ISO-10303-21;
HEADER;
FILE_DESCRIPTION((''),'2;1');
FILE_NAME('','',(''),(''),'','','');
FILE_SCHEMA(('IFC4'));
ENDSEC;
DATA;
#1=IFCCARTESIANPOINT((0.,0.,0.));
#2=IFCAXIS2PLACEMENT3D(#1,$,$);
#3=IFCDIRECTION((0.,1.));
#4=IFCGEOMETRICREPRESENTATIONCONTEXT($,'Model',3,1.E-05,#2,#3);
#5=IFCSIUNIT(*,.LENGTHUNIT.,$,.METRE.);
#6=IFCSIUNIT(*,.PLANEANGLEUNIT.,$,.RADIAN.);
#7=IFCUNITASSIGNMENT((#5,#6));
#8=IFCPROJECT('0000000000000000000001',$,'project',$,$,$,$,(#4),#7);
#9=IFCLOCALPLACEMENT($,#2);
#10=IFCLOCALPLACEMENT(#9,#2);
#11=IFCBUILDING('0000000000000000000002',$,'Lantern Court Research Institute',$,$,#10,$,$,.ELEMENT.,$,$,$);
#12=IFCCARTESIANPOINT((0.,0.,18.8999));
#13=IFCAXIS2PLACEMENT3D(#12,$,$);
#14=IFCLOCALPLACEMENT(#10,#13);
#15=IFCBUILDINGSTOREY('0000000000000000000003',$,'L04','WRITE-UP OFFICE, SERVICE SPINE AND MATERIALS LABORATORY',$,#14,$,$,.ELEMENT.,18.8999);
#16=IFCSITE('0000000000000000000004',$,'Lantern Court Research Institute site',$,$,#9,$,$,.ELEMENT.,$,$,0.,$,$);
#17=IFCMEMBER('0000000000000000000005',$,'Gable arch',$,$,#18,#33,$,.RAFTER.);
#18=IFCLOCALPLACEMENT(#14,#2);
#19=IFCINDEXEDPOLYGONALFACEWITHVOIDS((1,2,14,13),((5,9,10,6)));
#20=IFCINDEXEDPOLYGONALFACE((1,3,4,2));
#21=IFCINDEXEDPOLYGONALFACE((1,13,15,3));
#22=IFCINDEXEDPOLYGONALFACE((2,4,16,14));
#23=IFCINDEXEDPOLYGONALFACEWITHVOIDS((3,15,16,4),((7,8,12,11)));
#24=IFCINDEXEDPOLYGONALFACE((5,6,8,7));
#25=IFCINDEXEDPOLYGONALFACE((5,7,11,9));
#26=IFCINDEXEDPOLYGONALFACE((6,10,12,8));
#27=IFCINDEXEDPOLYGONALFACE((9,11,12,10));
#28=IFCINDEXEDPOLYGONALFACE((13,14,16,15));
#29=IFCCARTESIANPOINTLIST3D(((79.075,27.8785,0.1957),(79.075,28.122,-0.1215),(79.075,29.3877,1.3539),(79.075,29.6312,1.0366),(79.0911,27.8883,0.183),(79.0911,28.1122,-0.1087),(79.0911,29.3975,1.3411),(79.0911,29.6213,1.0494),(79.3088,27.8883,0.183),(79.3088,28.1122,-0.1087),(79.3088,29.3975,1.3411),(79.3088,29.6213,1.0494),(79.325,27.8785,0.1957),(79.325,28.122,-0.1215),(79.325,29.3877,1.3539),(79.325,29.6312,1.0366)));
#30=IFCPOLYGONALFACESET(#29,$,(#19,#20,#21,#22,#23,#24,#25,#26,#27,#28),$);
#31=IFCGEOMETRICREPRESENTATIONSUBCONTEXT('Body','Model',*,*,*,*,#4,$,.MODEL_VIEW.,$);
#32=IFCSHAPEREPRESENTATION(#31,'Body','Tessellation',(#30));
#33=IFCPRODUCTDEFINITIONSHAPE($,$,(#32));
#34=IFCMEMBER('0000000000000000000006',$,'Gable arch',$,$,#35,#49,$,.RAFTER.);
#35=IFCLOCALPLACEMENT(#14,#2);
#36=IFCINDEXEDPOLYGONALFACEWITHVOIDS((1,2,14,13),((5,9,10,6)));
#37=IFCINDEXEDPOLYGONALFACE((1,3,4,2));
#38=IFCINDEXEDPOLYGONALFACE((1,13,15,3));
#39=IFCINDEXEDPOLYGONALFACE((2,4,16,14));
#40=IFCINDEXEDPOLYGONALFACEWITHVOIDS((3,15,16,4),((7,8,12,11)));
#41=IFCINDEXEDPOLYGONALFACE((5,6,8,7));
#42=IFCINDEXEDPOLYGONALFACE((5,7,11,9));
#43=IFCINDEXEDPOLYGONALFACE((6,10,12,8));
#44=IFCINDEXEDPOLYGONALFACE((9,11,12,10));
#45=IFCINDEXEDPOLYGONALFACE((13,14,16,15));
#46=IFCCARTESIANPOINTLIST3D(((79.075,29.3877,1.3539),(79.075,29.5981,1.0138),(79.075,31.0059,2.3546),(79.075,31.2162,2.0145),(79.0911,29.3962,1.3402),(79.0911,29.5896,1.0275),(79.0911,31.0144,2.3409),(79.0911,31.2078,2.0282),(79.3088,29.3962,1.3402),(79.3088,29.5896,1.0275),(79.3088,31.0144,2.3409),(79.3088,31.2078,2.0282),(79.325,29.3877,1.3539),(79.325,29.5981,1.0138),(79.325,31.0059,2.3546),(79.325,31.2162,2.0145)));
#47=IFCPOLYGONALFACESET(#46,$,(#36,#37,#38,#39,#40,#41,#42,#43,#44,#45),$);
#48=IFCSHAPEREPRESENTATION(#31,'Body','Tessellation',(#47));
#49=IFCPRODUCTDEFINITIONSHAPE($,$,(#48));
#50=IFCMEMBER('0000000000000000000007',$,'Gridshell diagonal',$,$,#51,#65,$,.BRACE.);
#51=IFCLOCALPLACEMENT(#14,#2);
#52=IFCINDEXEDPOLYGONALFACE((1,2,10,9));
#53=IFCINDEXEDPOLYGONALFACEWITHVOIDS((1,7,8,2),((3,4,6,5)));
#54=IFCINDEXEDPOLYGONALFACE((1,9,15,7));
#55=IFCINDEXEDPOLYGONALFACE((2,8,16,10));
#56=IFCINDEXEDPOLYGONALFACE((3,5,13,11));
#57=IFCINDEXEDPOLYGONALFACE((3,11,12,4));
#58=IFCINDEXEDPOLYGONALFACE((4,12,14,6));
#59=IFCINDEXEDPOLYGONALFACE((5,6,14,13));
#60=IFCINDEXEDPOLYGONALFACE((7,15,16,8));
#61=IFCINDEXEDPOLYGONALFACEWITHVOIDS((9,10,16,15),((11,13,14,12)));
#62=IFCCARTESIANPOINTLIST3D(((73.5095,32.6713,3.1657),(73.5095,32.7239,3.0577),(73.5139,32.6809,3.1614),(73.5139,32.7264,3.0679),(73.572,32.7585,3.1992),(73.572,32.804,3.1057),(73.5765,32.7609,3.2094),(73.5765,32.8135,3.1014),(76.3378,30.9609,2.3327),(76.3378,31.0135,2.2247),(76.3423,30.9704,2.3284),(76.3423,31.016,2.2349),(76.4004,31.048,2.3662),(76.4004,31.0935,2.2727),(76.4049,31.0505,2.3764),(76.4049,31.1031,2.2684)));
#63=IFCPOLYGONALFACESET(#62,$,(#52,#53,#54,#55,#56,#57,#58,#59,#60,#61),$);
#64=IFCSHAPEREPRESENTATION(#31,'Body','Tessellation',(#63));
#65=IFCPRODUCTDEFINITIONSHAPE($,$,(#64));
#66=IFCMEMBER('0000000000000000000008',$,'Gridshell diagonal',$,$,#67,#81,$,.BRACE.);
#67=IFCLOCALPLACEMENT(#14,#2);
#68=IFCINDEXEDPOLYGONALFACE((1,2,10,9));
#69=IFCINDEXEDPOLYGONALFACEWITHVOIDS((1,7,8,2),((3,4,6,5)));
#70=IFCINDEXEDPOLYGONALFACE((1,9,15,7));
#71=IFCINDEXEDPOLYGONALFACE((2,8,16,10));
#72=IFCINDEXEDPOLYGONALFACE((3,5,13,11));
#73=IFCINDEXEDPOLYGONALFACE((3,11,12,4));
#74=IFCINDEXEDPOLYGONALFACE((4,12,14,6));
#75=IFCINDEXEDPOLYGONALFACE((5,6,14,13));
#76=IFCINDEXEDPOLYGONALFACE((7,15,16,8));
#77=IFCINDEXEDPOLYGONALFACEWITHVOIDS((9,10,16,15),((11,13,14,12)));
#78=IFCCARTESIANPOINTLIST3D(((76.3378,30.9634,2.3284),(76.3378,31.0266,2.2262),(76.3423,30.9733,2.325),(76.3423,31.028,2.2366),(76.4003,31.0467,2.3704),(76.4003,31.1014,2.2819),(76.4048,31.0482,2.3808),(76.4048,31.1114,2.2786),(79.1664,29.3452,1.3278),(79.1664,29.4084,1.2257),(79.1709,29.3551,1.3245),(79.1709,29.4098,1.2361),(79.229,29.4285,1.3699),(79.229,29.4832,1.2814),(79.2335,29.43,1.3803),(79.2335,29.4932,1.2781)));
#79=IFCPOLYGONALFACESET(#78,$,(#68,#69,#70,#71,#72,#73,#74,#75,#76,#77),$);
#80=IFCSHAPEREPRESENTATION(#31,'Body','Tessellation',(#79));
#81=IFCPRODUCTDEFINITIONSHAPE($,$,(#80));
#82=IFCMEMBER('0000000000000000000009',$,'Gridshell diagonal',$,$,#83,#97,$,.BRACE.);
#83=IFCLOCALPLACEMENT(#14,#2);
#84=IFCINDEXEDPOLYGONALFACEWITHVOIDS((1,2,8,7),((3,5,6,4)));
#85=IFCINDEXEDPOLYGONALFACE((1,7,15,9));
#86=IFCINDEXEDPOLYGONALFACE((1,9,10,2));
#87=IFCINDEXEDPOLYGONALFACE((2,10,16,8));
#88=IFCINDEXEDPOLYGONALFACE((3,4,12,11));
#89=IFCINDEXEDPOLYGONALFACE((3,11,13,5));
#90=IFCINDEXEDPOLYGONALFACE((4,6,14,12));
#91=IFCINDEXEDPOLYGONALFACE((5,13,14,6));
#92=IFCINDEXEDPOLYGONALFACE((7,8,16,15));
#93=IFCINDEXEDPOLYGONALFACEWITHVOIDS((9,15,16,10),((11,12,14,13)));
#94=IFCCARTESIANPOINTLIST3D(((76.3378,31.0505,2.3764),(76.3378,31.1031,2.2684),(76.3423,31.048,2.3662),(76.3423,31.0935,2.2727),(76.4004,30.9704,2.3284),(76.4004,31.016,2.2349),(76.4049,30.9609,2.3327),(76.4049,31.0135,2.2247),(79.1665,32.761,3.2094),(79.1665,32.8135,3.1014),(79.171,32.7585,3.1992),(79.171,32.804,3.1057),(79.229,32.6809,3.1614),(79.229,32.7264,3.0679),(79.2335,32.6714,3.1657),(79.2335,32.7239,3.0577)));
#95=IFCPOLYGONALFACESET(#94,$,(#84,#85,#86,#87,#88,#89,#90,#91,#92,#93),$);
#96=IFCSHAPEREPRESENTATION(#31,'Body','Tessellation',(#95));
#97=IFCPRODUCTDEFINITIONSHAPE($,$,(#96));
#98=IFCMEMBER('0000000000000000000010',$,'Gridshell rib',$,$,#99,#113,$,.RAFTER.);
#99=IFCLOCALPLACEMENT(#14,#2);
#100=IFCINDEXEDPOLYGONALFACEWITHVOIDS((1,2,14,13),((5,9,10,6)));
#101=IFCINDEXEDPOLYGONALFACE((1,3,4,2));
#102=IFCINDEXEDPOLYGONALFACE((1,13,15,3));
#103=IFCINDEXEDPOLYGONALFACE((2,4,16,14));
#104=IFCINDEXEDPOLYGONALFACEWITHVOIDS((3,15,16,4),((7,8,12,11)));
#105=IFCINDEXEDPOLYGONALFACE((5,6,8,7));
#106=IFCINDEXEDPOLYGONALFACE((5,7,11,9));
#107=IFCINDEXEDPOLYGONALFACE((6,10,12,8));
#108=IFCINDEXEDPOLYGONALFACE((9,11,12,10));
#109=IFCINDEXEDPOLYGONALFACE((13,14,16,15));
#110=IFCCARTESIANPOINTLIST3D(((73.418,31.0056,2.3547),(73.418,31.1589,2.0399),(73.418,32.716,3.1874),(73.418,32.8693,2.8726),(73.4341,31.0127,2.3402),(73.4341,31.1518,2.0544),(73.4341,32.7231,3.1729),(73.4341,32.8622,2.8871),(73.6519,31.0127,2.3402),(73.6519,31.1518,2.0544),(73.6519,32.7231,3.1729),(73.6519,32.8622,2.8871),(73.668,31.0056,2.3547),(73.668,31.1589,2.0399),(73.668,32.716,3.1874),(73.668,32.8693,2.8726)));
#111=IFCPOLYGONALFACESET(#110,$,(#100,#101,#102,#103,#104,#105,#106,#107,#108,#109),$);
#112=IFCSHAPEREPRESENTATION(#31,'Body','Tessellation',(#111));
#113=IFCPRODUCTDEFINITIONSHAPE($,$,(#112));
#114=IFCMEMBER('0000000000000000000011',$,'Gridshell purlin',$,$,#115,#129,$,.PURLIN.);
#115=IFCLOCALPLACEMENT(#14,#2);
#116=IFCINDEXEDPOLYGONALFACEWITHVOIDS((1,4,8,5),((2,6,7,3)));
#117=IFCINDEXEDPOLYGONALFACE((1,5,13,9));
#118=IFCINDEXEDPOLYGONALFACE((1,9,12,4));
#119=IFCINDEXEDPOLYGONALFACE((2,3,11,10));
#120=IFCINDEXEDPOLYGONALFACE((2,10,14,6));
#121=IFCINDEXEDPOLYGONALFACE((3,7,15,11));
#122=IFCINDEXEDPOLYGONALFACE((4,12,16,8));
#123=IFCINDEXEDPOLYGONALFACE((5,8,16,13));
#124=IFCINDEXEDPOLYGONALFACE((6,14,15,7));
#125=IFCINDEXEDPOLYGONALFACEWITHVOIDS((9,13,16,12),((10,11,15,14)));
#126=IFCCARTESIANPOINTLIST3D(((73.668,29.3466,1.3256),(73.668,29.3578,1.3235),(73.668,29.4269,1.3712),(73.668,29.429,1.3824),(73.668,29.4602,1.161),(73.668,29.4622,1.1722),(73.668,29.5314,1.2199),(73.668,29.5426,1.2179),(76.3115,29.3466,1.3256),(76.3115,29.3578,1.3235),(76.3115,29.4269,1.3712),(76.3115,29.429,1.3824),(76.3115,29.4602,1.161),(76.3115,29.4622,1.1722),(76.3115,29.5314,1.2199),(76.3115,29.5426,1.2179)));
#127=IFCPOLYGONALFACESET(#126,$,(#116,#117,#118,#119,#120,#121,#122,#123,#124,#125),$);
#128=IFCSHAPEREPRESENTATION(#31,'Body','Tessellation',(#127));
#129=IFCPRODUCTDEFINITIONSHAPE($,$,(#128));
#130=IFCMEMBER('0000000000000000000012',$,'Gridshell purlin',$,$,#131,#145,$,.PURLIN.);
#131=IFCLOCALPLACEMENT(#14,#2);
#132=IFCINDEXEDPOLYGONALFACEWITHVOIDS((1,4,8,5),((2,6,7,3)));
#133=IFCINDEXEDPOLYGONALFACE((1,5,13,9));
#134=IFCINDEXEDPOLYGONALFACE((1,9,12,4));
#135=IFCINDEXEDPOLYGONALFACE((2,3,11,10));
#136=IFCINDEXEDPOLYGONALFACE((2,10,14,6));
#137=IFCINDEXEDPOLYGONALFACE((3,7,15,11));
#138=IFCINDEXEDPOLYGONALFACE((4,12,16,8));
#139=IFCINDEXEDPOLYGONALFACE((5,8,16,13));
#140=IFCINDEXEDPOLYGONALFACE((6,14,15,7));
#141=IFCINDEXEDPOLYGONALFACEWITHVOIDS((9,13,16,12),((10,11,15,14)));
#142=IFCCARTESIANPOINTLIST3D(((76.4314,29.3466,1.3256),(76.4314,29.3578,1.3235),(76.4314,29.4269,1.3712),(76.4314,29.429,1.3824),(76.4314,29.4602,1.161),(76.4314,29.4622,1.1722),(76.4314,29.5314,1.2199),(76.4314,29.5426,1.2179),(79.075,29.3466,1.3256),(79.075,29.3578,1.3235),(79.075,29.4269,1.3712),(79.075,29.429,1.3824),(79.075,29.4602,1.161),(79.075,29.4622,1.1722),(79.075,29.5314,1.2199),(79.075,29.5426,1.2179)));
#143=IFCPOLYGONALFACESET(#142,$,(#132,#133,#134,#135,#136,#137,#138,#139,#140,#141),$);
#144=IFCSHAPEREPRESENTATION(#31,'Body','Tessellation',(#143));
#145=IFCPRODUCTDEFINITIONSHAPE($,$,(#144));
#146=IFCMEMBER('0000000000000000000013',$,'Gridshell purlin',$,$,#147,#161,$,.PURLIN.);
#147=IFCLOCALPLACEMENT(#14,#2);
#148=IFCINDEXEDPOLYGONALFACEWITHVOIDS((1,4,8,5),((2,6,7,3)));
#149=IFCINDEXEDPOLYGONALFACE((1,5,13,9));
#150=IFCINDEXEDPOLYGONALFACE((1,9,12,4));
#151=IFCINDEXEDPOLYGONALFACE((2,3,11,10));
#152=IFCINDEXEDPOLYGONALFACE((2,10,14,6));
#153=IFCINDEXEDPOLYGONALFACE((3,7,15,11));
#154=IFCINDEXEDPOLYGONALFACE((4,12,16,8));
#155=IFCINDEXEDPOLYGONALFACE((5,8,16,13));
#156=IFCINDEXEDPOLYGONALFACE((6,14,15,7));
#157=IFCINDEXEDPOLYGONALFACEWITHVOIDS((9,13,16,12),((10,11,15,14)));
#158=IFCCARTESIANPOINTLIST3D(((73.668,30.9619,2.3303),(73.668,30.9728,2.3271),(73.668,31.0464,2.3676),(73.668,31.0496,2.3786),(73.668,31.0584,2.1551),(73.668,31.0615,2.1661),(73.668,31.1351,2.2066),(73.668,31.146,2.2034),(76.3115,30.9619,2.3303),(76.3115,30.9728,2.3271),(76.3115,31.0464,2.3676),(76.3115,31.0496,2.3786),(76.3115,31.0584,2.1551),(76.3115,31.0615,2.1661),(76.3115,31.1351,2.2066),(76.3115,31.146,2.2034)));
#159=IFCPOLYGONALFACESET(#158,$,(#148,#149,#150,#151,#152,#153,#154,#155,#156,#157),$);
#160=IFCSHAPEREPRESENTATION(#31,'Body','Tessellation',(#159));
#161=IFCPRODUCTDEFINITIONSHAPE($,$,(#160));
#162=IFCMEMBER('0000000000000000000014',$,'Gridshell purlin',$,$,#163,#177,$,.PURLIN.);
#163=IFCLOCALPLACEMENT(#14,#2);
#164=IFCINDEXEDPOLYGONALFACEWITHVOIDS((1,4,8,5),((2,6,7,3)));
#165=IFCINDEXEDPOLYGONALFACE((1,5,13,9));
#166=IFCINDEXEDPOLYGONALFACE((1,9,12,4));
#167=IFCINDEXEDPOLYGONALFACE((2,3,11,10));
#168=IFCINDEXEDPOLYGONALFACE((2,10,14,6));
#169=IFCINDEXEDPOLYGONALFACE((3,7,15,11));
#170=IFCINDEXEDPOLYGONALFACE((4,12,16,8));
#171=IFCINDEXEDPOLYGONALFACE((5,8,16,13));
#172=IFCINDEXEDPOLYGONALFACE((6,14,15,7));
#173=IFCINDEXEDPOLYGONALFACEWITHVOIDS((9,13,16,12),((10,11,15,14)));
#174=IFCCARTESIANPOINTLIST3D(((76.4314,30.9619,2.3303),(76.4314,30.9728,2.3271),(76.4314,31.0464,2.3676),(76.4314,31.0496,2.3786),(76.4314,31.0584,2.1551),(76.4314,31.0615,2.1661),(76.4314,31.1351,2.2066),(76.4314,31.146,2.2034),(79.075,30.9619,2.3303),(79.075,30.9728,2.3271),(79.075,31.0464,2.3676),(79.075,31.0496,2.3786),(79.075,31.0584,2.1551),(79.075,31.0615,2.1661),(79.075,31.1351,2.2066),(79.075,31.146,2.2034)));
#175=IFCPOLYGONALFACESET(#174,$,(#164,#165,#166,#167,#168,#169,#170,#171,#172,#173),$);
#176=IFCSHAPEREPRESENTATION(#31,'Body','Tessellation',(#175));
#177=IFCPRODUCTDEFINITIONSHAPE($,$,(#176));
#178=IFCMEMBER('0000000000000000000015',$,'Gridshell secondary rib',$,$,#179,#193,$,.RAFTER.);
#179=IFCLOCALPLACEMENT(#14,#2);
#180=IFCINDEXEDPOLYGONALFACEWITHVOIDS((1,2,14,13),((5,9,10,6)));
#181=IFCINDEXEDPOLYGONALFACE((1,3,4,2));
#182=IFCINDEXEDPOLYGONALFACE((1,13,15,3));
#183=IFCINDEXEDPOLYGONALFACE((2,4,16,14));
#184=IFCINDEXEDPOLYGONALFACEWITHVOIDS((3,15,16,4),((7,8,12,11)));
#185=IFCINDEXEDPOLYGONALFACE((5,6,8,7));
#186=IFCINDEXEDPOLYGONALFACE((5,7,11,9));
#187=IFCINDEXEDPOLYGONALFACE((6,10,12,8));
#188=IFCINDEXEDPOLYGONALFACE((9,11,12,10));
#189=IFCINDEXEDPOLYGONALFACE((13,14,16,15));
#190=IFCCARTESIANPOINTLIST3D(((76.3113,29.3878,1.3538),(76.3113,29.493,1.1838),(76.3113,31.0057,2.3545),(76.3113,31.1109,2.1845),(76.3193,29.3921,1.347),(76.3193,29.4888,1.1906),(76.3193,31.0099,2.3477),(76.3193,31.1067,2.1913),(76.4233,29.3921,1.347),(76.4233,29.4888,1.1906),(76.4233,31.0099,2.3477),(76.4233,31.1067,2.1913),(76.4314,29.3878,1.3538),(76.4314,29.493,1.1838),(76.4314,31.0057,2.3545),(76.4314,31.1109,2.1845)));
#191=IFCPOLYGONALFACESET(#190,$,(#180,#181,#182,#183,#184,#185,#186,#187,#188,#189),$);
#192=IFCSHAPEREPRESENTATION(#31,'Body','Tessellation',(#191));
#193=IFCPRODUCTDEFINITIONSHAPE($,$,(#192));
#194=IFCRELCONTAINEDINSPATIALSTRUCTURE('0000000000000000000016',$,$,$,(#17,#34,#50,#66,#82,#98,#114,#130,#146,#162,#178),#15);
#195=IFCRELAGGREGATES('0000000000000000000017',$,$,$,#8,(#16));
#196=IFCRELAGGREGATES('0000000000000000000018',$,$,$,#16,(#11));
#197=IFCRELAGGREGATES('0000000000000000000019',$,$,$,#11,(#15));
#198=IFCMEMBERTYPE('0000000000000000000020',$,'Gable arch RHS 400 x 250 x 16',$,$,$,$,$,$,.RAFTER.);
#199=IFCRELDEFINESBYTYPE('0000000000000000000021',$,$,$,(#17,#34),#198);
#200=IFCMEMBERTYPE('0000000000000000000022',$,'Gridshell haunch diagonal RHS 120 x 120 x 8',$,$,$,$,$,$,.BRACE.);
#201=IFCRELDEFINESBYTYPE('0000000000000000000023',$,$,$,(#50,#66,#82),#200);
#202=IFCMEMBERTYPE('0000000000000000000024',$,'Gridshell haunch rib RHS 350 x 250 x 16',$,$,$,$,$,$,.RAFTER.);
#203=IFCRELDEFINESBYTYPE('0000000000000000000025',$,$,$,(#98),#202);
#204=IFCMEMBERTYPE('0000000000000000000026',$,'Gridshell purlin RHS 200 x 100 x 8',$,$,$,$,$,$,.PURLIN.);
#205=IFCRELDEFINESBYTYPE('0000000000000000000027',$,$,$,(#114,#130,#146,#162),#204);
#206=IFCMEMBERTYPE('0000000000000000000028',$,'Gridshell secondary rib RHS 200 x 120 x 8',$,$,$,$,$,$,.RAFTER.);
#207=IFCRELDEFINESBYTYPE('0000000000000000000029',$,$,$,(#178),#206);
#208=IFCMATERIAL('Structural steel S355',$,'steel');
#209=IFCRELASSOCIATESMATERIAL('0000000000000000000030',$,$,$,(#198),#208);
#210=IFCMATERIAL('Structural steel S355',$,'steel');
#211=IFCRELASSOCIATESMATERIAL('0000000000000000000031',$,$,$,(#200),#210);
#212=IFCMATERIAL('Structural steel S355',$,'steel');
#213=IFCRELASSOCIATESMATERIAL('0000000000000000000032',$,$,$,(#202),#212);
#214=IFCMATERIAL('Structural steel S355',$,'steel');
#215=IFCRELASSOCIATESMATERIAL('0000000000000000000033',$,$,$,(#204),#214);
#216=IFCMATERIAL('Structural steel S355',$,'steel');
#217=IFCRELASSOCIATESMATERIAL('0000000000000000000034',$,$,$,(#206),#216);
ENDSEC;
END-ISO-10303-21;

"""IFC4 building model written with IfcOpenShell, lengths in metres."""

from ifc_helpers import new_model, si_unit, direction, frame, origin, origin_2d, place, context, subcontext, project, spatial, hollow_rectangle, extrude, material, material_profile, profile_set, type_object, element, save


model = new_model("IFC4")

# Units and contexts
model_context = context("Model", 3, precision=1e-05, world=origin(), true_north=direction((0.0, 1.0)))
body_context = subcontext(model_context, "Body", "Model", "MODEL_VIEW")
ifc_project = project(units=[si_unit("LENGTHUNIT", "METRE"), si_unit("PLANEANGLEUNIT", "RADIAN")], contexts=[model_context])

# Site, building, storey
site_placement = place(None, origin())
site = spatial("IfcSite", under=ifc_project, at=site_placement, Name="Lantern Court Research Institute site", CompositionType="ELEMENT", RefElevation=0.0)
building_placement = place(site_placement, origin())
building = spatial("IfcBuilding", under=site, at=building_placement, Name="Lantern Court Research Institute", CompositionType="ELEMENT")
storey_placement = place(building_placement, frame((0.0, 0.0, 18.8999)))
storey = spatial("IfcBuildingStorey", under=building, at=storey_placement, Name="L04", Description="WRITE-UP OFFICE, SERVICE SPINE AND MATERIALS LABORATORY", CompositionType="ELEMENT", Elevation=18.8999)

# Members
ifc_material_1 = material(Name="Structural steel S355", Category="steel")
ifc_material_profile_1 = material_profile(ifc_material_1, hollow_rectangle(XDim=0.25, YDim=0.3999, WallThickness=0.0161, at=origin_2d()), Name="Gable arch RHS 400 x 250 x 16")
ifc_profile_set_1 = profile_set([ifc_material_profile_1], Name="Structural steel S355")
member_type_1 = type_object("IfcMemberType", Name="Gable arch RHS 400 x 250 x 16", PredefinedType="RAFTER", material=ifc_profile_set_1)
member_1_placement = place(storey_placement, frame((79.2, 28.0002, 0.0371), z_axis=(0.0, 0.79333, 0.608792), x_axis=(-1.0, 0.0, 0.0)))
element("IfcMember", 1, at=member_1_placement, inside=storey, type_object=member_type_1, Name="Gable arch", PredefinedType="RAFTER", context=body_context, shape_type="SweptSolid", body=[
    extrude(hollow_rectangle(XDim=0.25, YDim=0.3999, WallThickness=0.0161, at=origin_2d()), origin(), (0.0, 0.0, 1.0), 1.9023),
])
member_2_placement = place(storey_placement, frame((79.2, 29.4929, 1.1838), z_axis=(0.0, 0.850498, 0.525979), x_axis=(-1.0, 0.0, 0.0)))
element("IfcMember", 2, at=member_2_placement, inside=storey, type_object=member_type_1, Name="Gable arch", PredefinedType="RAFTER", context=body_context, shape_type="SweptSolid", body=[
    extrude(hollow_rectangle(XDim=0.25, YDim=0.3999, WallThickness=0.0161, at=origin_2d()), origin(), (0.0, 0.0, 1.0), 1.9026),
])
ifc_material_2 = material(Name="Structural steel S355", Category="steel")
ifc_material_profile_2 = material_profile(ifc_material_2, hollow_rectangle(XDim=0.1201, YDim=0.1201, WallThickness=0.0081, at=origin_2d()), Name="Gridshell haunch diagonal RHS 120 x 120 x 8")
ifc_profile_set_2 = profile_set([ifc_material_profile_2], Name="Structural steel S355")
member_type_2 = type_object("IfcMemberType", Name="Gridshell haunch diagonal RHS 120 x 120 x 8", PredefinedType="BRACE", material=ifc_profile_set_2)
member_3_placement = place(storey_placement, frame((76.3713, 31.032, 2.3005), z_axis=(-0.829751, 0.50179, 0.244377), x_axis=(-0.558134, -0.746001, -0.363275)))
element("IfcMember", 3, at=member_3_placement, inside=storey, type_object=member_type_2, Name="Gridshell diagonal", PredefinedType="BRACE", context=body_context, shape_type="SweptSolid", body=[
    extrude(hollow_rectangle(XDim=0.1201, YDim=0.1201, WallThickness=0.0081, at=origin_2d()), origin(), (0.0, 0.0, 1.0), 3.4087),
])
for number, where, z_axis, x_axis, name in (
    (4, (79.2, 29.4192, 1.303), (-0.829777, 0.47469, 0.293494), (-0.558095, -0.705724, -0.436444), "Gridshell diagonal"),
    (5, (76.3713, 31.032, 2.3005), (0.829773, 0.50176, 0.244363), (-0.558101, 0.746025, 0.363277), "Gridshell diagonal"),
):
    element("IfcMember", number, at=place(storey_placement, frame(where, z_axis=z_axis, x_axis=x_axis)), inside=storey, type_object=member_type_2, Name=name, PredefinedType="BRACE", context=body_context, shape_type="SweptSolid", body=[
        extrude(hollow_rectangle(XDim=0.1201, YDim=0.1201, WallThickness=0.0081, at=origin_2d()), origin(), (0.0, 0.0, 1.0), 3.4089),
    ])
ifc_material_3 = material(Name="Structural steel S355", Category="steel")
ifc_material_profile_3 = material_profile(ifc_material_3, hollow_rectangle(XDim=0.25, YDim=0.3501, WallThickness=0.0161, at=origin_2d()), Name="Gridshell haunch rib RHS 350 x 250 x 16")
ifc_profile_set_3 = profile_set([ifc_material_profile_3], Name="Structural steel S355")
member_type_3 = type_object("IfcMemberType", Name="Gridshell haunch rib RHS 350 x 250 x 16", PredefinedType="RAFTER", material=ifc_profile_set_3)
member_4_placement = place(storey_placement, frame((73.543, 31.0823, 2.1973), z_axis=(0.0, 0.8991, 0.437743), x_axis=(-1.0, 0.0, 0.0)))
element("IfcMember", 6, at=member_4_placement, inside=storey, type_object=member_type_3, Name="Gridshell rib", PredefinedType="RAFTER", context=body_context, shape_type="SweptSolid", body=[
    extrude(hollow_rectangle(XDim=0.25, YDim=0.3501, WallThickness=0.0161, at=origin_2d()), origin(), (0.0, 0.0, 1.0), 1.9023),
])
ifc_material_4 = material(Name="Structural steel S355", Category="steel")
ifc_material_profile_4 = material_profile(ifc_material_4, hollow_rectangle(XDim=0.1001, YDim=0.2, WallThickness=0.0081, at=origin_2d()), Name="Gridshell purlin RHS 200 x 100 x 8")
ifc_profile_set_4 = profile_set([ifc_material_profile_4], Name="Structural steel S355")
member_type_4 = type_object("IfcMemberType", Name="Gridshell purlin RHS 200 x 100 x 8", PredefinedType="PURLIN", material=ifc_profile_set_4)
for number, where, z_axis, x_axis, name in (
    (7, (73.668, 29.4446, 1.2717), (1.0, 0.0, 0.0), (0.0, 0.822954, 0.568108), "Gridshell purlin"),
    (8, (76.4314, 29.4446, 1.2717), (1.0, 0.0, 0.0), (0.0, 0.822954, 0.568108), "Gridshell purlin"),
    (9, (73.668, 31.054, 2.2668), (1.0, 0.0, 0.0), (0.0, 0.875897, 0.482497), "Gridshell purlin"),
    (10, (76.4314, 31.054, 2.2668), (1.0, 0.0, 0.0), (0.0, 0.875897, 0.482497), "Gridshell purlin"),
):
    element("IfcMember", number, at=place(storey_placement, frame(where, z_axis=z_axis, x_axis=x_axis)), inside=storey, type_object=member_type_4, Name=name, PredefinedType="PURLIN", context=body_context, shape_type="SweptSolid", body=[
        extrude(hollow_rectangle(XDim=0.1001, YDim=0.2, WallThickness=0.0081, at=origin_2d()), origin(), (0.0, 0.0, 1.0), 2.6436),
    ])
ifc_material_5 = material(Name="Structural steel S355", Category="steel")
ifc_material_profile_5 = material_profile(ifc_material_5, hollow_rectangle(XDim=0.1201, YDim=0.2, WallThickness=0.0081, at=origin_2d()), Name="Gridshell secondary rib RHS 200 x 120 x 8")
ifc_profile_set_5 = profile_set([ifc_material_profile_5], Name="Structural steel S355")
member_type_5 = type_object("IfcMemberType", Name="Gridshell secondary rib RHS 200 x 120 x 8", PredefinedType="RAFTER", material=ifc_profile_set_5)
member_5_placement = place(storey_placement, frame((76.3713, 29.4404, 1.2688), z_axis=(0.0, 0.850462, 0.526036), x_axis=(-1.0, 0.0, 0.0)))
element("IfcMember", 11, at=member_5_placement, inside=storey, type_object=member_type_5, Name="Gridshell secondary rib", PredefinedType="RAFTER", context=body_context, shape_type="SweptSolid", body=[
    extrude(hollow_rectangle(XDim=0.1201, YDim=0.2, WallThickness=0.0081, at=origin_2d()), origin(), (0.0, 0.0, 1.0), 1.9023),
])

save(model, "model.ifc")
